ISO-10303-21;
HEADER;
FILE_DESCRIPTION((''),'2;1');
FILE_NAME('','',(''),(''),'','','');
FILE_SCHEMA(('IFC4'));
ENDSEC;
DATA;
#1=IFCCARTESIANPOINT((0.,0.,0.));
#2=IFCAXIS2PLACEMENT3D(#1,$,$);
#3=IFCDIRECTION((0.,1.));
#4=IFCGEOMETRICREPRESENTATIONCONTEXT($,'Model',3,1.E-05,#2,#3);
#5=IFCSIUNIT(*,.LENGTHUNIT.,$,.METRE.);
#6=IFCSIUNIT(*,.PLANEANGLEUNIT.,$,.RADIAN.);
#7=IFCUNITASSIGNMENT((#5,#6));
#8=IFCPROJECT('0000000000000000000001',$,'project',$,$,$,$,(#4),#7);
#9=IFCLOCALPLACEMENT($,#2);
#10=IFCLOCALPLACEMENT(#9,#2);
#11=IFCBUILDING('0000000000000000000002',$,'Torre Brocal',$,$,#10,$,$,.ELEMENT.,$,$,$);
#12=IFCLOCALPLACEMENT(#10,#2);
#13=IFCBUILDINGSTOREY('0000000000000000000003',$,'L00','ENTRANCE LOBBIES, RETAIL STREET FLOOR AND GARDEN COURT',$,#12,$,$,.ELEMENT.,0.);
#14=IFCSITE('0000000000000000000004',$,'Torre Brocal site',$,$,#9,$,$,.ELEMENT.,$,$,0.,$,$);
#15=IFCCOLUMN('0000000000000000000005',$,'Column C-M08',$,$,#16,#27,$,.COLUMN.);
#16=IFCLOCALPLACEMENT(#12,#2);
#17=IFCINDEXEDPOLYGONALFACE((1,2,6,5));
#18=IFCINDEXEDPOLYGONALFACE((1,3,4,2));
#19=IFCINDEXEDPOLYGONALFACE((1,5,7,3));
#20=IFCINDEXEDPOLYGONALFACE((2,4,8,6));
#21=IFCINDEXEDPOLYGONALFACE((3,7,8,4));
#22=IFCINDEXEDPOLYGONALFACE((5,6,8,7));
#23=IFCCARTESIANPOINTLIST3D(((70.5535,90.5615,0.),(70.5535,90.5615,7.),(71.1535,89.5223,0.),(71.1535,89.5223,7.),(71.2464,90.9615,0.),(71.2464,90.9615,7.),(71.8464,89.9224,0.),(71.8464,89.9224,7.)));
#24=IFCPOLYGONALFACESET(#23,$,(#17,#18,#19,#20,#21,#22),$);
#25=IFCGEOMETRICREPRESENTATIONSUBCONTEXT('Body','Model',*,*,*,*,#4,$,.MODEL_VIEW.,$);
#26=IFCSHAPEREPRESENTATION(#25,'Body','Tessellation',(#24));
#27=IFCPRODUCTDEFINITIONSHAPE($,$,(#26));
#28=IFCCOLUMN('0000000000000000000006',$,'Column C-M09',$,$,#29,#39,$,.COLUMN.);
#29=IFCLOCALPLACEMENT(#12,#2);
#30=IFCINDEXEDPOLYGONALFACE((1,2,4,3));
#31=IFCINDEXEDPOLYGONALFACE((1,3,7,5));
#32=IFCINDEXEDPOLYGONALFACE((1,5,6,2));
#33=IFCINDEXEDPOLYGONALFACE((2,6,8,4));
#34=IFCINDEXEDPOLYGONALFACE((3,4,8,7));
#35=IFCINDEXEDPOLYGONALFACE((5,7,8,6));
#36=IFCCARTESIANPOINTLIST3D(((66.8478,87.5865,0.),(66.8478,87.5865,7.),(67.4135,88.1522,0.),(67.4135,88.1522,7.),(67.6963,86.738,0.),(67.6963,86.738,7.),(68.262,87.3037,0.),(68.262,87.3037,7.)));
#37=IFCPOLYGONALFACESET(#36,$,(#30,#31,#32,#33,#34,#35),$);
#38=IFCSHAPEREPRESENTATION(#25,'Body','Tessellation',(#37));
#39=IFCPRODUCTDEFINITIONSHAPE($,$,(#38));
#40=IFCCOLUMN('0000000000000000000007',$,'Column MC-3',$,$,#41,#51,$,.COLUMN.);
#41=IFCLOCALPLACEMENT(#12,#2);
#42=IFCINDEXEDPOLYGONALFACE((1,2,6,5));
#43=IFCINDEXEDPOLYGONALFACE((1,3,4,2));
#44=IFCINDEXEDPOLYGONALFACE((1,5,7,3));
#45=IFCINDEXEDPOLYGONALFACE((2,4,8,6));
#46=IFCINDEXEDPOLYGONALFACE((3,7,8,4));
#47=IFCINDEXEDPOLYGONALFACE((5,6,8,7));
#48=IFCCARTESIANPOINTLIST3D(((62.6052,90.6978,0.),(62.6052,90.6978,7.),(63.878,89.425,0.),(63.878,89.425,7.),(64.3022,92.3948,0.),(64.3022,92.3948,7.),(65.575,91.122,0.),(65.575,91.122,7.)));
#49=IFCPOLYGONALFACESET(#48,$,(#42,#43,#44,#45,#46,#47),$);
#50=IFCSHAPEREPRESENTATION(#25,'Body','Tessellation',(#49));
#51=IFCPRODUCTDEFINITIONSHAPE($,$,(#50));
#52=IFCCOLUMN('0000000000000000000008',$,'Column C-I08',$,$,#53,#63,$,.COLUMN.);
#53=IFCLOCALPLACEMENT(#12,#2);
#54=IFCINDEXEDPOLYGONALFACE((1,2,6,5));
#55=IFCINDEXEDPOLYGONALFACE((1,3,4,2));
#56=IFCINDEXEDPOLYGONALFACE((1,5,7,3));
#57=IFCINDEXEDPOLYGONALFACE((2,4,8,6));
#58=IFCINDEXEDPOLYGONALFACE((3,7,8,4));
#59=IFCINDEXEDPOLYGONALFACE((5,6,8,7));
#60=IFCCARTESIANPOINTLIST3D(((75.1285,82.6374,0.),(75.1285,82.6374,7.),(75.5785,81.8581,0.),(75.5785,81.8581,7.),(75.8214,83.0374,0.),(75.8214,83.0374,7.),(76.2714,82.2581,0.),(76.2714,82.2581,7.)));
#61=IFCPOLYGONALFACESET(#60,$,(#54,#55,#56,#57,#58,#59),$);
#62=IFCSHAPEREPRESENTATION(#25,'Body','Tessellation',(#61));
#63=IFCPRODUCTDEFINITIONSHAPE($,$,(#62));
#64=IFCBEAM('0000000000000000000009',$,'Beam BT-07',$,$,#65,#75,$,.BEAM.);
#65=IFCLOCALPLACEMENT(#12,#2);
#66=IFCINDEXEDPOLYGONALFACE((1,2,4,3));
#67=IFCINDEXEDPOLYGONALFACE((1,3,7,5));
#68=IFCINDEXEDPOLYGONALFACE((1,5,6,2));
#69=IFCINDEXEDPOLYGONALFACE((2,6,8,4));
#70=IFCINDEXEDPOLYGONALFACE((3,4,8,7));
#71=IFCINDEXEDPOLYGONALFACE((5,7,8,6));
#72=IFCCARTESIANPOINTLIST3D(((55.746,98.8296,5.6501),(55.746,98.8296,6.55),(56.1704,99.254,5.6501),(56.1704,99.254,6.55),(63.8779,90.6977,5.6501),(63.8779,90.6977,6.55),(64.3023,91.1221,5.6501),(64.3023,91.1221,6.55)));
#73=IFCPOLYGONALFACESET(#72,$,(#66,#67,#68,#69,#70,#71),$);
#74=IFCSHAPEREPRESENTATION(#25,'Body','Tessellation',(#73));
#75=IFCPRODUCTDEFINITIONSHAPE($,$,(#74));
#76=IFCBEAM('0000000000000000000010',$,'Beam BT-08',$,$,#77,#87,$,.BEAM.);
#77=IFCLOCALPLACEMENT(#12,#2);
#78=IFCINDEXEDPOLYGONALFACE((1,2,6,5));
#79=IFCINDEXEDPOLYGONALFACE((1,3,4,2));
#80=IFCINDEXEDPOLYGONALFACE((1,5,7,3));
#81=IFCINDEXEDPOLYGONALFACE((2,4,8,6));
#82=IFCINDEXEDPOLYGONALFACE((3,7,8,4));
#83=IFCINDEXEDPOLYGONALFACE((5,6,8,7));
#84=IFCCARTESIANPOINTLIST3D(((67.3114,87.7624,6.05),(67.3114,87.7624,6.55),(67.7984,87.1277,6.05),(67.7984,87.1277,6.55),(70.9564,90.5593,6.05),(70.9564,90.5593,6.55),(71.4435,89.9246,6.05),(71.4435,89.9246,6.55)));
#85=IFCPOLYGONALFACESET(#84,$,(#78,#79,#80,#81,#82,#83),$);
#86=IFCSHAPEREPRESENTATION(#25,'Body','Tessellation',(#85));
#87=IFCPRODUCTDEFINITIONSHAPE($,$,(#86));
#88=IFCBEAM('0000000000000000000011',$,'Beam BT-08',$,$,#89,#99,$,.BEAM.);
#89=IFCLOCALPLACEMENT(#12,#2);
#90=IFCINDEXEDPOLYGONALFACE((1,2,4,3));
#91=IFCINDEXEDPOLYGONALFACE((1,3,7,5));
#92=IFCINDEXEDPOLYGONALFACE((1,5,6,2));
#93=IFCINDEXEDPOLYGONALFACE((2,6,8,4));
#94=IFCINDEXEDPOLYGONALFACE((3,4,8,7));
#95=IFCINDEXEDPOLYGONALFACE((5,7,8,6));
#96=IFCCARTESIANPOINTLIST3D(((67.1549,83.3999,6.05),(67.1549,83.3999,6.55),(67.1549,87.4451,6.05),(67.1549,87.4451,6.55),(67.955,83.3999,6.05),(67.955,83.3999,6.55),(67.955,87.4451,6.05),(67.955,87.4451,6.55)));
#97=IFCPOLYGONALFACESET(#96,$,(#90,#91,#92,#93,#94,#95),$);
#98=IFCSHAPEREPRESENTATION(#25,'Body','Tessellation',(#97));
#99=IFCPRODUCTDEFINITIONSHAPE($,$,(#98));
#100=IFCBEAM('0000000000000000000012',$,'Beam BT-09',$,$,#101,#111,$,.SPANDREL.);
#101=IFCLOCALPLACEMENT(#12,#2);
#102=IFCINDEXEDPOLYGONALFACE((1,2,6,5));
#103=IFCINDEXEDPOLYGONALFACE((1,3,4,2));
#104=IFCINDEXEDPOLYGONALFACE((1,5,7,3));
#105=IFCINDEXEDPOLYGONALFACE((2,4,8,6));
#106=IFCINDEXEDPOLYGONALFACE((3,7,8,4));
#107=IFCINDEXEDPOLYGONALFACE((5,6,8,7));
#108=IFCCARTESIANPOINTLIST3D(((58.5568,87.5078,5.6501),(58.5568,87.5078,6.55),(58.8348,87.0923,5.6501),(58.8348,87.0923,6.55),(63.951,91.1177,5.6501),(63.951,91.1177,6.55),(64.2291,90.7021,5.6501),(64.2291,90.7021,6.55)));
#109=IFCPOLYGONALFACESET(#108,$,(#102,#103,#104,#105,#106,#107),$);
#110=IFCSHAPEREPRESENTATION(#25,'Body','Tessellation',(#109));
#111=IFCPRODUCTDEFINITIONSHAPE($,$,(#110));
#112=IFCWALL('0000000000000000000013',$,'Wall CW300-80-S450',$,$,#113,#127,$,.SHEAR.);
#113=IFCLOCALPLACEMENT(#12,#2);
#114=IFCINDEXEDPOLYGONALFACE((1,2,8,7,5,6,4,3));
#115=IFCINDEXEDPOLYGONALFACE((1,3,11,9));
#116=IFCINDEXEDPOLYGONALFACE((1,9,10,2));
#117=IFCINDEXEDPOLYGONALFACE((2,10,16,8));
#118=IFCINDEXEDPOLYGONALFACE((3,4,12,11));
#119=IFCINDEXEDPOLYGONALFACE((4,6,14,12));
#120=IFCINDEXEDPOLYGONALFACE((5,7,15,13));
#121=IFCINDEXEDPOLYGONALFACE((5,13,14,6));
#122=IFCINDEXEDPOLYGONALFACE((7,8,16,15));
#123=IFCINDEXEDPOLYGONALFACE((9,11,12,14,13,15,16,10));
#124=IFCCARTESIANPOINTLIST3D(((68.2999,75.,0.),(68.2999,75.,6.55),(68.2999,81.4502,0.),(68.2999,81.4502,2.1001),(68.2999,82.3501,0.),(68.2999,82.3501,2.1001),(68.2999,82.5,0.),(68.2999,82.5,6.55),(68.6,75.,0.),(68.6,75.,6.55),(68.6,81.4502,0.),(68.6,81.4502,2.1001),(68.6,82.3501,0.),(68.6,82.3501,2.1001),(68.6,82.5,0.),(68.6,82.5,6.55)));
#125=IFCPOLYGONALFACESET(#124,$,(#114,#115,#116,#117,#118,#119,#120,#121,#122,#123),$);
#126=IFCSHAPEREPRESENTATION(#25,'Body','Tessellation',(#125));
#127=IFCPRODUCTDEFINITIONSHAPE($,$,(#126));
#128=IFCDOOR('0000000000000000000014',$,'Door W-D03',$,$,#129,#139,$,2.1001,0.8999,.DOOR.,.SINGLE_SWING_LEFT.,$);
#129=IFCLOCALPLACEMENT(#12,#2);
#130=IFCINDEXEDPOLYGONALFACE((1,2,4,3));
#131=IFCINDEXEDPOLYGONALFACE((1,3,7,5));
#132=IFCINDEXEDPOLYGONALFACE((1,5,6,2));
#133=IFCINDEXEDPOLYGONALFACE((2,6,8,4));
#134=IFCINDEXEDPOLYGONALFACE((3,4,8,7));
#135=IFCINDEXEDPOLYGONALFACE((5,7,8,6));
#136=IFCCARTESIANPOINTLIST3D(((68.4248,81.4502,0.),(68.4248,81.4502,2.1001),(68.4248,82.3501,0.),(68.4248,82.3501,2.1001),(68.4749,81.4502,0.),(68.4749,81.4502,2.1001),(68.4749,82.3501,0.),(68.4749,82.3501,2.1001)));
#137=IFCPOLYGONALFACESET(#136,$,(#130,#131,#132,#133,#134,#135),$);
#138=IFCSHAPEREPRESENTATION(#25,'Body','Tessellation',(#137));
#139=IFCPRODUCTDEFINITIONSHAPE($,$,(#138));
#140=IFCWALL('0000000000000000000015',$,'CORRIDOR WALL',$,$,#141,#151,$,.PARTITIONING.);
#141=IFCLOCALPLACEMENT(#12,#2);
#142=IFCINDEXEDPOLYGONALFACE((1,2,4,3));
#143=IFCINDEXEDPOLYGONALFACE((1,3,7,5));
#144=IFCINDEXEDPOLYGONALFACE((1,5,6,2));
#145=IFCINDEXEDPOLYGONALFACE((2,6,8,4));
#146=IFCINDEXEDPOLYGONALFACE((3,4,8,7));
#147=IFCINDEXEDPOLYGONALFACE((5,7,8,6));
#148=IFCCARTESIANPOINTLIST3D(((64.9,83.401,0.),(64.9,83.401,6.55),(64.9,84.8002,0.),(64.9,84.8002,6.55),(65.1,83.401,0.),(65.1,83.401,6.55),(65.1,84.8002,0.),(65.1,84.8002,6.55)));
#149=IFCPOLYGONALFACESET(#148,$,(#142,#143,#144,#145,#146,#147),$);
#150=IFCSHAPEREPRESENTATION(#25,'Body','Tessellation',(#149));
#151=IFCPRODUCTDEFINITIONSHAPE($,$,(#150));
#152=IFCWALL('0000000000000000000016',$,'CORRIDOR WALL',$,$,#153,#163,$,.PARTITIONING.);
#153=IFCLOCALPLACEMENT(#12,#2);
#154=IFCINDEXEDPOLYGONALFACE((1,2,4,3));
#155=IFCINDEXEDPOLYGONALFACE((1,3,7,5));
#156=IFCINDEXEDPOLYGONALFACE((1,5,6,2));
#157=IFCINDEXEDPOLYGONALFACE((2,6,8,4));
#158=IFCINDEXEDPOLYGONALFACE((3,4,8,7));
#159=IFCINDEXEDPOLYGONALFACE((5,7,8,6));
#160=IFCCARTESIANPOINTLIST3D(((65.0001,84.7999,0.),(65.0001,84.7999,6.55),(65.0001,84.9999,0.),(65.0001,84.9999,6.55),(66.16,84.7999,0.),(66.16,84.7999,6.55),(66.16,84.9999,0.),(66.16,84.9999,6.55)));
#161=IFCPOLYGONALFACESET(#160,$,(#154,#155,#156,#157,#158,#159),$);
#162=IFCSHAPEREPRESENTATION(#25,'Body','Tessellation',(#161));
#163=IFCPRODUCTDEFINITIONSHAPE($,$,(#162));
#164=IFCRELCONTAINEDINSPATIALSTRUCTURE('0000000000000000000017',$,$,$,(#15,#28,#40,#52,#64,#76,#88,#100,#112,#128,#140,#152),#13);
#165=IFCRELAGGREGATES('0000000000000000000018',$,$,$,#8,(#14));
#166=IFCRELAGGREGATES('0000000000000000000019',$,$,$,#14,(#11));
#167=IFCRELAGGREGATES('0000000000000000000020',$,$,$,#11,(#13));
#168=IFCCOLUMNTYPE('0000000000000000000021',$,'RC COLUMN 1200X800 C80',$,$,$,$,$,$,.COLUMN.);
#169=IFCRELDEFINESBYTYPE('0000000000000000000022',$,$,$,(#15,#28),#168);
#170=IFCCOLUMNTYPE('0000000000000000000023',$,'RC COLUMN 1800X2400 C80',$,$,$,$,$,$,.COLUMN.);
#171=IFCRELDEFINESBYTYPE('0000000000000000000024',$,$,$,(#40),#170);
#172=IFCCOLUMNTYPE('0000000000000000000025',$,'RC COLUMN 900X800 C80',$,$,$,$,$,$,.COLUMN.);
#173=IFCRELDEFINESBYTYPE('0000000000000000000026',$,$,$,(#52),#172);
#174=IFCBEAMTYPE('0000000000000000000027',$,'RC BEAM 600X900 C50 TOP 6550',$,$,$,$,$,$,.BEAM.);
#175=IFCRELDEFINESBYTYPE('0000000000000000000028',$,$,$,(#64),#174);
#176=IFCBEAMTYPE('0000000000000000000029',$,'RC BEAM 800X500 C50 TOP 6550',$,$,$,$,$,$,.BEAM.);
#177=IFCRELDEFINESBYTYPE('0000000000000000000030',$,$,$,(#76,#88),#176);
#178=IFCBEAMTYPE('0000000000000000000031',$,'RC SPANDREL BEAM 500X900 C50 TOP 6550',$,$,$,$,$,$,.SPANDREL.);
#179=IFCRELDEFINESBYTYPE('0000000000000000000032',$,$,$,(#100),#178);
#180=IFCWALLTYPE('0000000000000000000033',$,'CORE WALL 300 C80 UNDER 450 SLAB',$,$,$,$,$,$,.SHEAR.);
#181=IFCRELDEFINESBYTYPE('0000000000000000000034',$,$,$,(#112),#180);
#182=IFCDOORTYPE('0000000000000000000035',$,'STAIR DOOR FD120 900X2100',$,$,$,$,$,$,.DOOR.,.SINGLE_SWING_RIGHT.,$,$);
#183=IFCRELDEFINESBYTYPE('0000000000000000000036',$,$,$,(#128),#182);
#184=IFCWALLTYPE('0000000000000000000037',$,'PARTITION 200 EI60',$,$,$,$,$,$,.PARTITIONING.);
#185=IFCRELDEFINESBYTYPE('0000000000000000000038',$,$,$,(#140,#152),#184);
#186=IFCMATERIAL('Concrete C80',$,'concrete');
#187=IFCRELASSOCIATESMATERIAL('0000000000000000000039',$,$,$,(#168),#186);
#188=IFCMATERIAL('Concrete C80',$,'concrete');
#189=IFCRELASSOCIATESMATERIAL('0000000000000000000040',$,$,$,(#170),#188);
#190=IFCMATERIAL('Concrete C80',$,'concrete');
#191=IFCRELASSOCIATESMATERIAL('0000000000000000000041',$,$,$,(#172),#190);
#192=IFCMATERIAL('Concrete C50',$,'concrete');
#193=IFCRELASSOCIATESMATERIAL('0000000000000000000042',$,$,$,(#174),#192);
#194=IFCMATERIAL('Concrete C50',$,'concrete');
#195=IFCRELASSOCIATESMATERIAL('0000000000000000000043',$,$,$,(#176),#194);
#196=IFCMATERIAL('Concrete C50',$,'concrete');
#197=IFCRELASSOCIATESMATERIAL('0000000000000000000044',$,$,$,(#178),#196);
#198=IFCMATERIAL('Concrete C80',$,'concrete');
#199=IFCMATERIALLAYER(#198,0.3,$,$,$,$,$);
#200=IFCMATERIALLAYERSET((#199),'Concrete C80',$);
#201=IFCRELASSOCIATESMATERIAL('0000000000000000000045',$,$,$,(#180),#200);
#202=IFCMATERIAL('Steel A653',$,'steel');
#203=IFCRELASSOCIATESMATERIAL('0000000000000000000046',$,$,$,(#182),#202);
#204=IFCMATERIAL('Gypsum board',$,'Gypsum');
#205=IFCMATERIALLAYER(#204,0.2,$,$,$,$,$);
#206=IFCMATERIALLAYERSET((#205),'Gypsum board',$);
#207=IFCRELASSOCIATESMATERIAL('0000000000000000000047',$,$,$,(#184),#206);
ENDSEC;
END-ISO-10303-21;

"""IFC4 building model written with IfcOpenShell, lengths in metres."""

from ifc_helpers import new_model, si_unit, direction, frame, frame_2d, origin, origin_2d, place, context, subcontext, project, spatial, rectangle, extrude, material, layer, layer_set, material_profile, profile_set, type_object, element, fill, save


model = new_model("IFC4")

# Units and contexts
model_context = context("Model", 3, precision=1e-05, world=origin(), true_north=direction((0.0, 1.0)))
body_context = subcontext(model_context, "Body", "Model", "MODEL_VIEW")
ifc_project = project(units=[si_unit("LENGTHUNIT", "METRE"), si_unit("PLANEANGLEUNIT", "RADIAN")], contexts=[model_context])

# Site, building, storey
site_placement = place(None, origin())
site = spatial("IfcSite", under=ifc_project, at=site_placement, Name="Torre Brocal site", CompositionType="ELEMENT", RefElevation=0.0)
building_placement = place(site_placement, origin())
building = spatial("IfcBuilding", under=site, at=building_placement, Name="Torre Brocal", CompositionType="ELEMENT")
storey_placement = place(building_placement, origin())
storey = spatial("IfcBuildingStorey", under=building, at=storey_placement, Name="L00", Description="ENTRANCE LOBBIES, RETAIL STREET FLOOR AND GARDEN COURT", CompositionType="ELEMENT", Elevation=0.0)

# Columns
ifc_material_1 = material(Name="Concrete C80", Category="concrete")
ifc_material_profile_1 = material_profile(ifc_material_1, rectangle(XDim=1.2, YDim=0.8, at=origin_2d()), Name="RC 1200X800")
ifc_profile_set_1 = profile_set([ifc_material_profile_1], Name="Concrete C80")
column_type_1 = type_object("IfcColumnType", Name="RC COLUMN 1200X800 C80", PredefinedType="COLUMN", material=ifc_profile_set_1)
for number, where, z_axis, x_axis, name in (
    (1, (71.2, 90.2419, 0.0), (0.0, 0.0, 1.0), (-0.5, 0.866025, 0.0), "Column C-M08"),
    (2, (67.5549, 87.4451, 0.0), (0.0, 0.0, 1.0), (-0.707107, 0.707107, 0.0), "Column C-M09"),
):
    element("IfcColumn", number, at=place(storey_placement, frame(where, z_axis=z_axis, x_axis=x_axis)), inside=storey, type_object=column_type_1, Name=name, PredefinedType="COLUMN", context=body_context, shape_type="SweptSolid", body=[
        extrude(rectangle(XDim=1.2, YDim=0.8, at=origin_2d()), origin(), (0.0, 0.0, 1.0), 7.0),
    ])
ifc_material_2 = material(Name="Concrete C80", Category="concrete")
ifc_material_profile_2 = material_profile(ifc_material_2, rectangle(XDim=1.8, YDim=2.3999, at=origin_2d()), Name="RC 1800X2400")
ifc_profile_set_2 = profile_set([ifc_material_profile_2], Name="Concrete C80")
column_type_2 = type_object("IfcColumnType", Name="RC COLUMN 1800X2400 C80", PredefinedType="COLUMN", material=ifc_profile_set_2)
column_1_placement = place(storey_placement, frame((64.0901, 90.9099, 0.0), z_axis=(0.0, 0.0, 1.0), x_axis=(-0.707107, 0.707107, 0.0)))
element("IfcColumn", 3, at=column_1_placement, inside=storey, type_object=column_type_2, Name="Column MC-3", PredefinedType="COLUMN", context=body_context, shape_type="SweptSolid", body=[
    extrude(rectangle(XDim=1.8, YDim=2.3999, at=origin_2d()), origin(), (0.0, 0.0, 1.0), 7.0),
])
ifc_material_3 = material(Name="Concrete C80", Category="concrete")
ifc_material_profile_3 = material_profile(ifc_material_3, rectangle(XDim=0.8999, YDim=0.8, at=origin_2d()), Name="RC 900X800")
ifc_profile_set_3 = profile_set([ifc_material_profile_3], Name="Concrete C80")
column_type_3 = type_object("IfcColumnType", Name="RC COLUMN 900X800 C80", PredefinedType="COLUMN", material=ifc_profile_set_3)
column_2_placement = place(storey_placement, frame((75.7, 82.4478, 0.0), z_axis=(0.0, 0.0, 1.0), x_axis=(-0.5, 0.866025, 0.0)))
element("IfcColumn", 4, at=column_2_placement, inside=storey, type_object=column_type_3, Name="Column C-I08", PredefinedType="COLUMN", context=body_context, shape_type="SweptSolid", body=[
    extrude(rectangle(XDim=0.8999, YDim=0.8, at=origin_2d()), origin(), (0.0, 0.0, 1.0), 7.0),
])

# Beams
ifc_material_4 = material(Name="Concrete C50", Category="concrete")
ifc_material_profile_4 = material_profile(ifc_material_4, rectangle(XDim=0.6001, YDim=0.8999, at=origin_2d()), Name="RC 600X900")
ifc_profile_set_4 = profile_set([ifc_material_profile_4], Name="Concrete C50")
beam_type_1 = type_object("IfcBeamType", Name="RC BEAM 600X900 C50 TOP 6550", PredefinedType="BEAM", material=ifc_profile_set_4)
beam_1_placement = place(storey_placement, frame((64.0901, 90.9099, 6.1001), z_axis=(-0.707107, 0.707107, 0.0), x_axis=(-0.707107, -0.707107, 0.0)))
element("IfcBeam", 5, at=beam_1_placement, inside=storey, type_object=beam_type_1, Name="Beam BT-07", PredefinedType="BEAM", context=body_context, shape_type="SweptSolid", body=[
    extrude(rectangle(XDim=0.6001, YDim=0.8999, at=origin_2d()), origin(), (0.0, 0.0, 1.0), 11.5002),
])
ifc_material_5 = material(Name="Concrete C50", Category="concrete")
ifc_material_profile_5 = material_profile(ifc_material_5, rectangle(XDim=0.8, YDim=0.5, at=origin_2d()), Name="RC 800X500")
ifc_profile_set_5 = profile_set([ifc_material_profile_5], Name="Concrete C50")
beam_type_2 = type_object("IfcBeamType", Name="RC BEAM 800X500 C50 TOP 6550", PredefinedType="BEAM", material=ifc_profile_set_5)
beam_2_placement = place(storey_placement, frame((71.2, 90.2419, 6.3), z_axis=(-0.793358, -0.608755, 0.0), x_axis=(0.608755, -0.793358, 0.0)))
element("IfcBeam", 6, at=beam_2_placement, inside=storey, type_object=beam_type_2, Name="Beam BT-08", PredefinedType="BEAM", context=body_context, shape_type="SweptSolid", body=[
    extrude(rectangle(XDim=0.8, YDim=0.5, at=origin_2d()), origin(), (0.0, 0.0, 1.0), 4.5945),
])
beam_3_placement = place(storey_placement, frame((67.5549, 87.4451, 6.3), z_axis=(0.0, -1.0, 0.0), x_axis=(1.0, 0.0, 0.0)))
element("IfcBeam", 7, at=beam_3_placement, inside=storey, type_object=beam_type_2, Name="Beam BT-08", PredefinedType="BEAM", context=body_context, shape_type="SweptSolid", body=[
    extrude(rectangle(XDim=0.8, YDim=0.5, at=origin_2d()), origin(), (0.0, 0.0, 1.0), 4.0452),
])
ifc_material_6 = material(Name="Concrete C50", Category="concrete")
ifc_material_profile_6 = material_profile(ifc_material_6, rectangle(XDim=0.5, YDim=0.8999, at=origin_2d()), Name="RC 500X900")
ifc_profile_set_6 = profile_set([ifc_material_profile_6], Name="Concrete C50")
beam_type_3 = type_object("IfcBeamType", Name="RC SPANDREL BEAM 500X900 C50 TOP 6550", PredefinedType="SPANDREL", material=ifc_profile_set_6)
beam_4_placement = place(storey_placement, frame((64.0901, 90.9099, 6.1001), z_axis=(-0.831077, -0.556158, 0.0), x_axis=(0.556158, -0.831077, 0.0)))
element("IfcBeam", 8, at=beam_4_placement, inside=storey, type_object=beam_type_3, Name="Beam BT-09", PredefinedType="SPANDREL", context=body_context, shape_type="SweptSolid", body=[
    extrude(rectangle(XDim=0.5, YDim=0.8999, at=origin_2d()), origin(), (0.0, 0.0, 1.0), 6.4907),
])

# Wall, opening, door
ifc_material_7 = material(Name="Concrete C80", Category="concrete")
ifc_layer_1 = layer(ifc_material_7, 0.3)
ifc_layer_set_1 = layer_set([ifc_layer_1], Name="Concrete C80")
wall_type_1 = type_object("IfcWallType", Name="CORE WALL 300 C80 UNDER 450 SLAB", PredefinedType="SHEAR", material=ifc_layer_set_1)
wall_1_placement = place(storey_placement, frame((68.45, 82.5, 0.0), z_axis=(0.0, 0.0, 1.0), x_axis=(0.0, -1.0, 0.0)))
wall_1 = element("IfcWall", 9, at=wall_1_placement, inside=storey, type_object=wall_type_1, Name="Wall CW300-80-S450", PredefinedType="SHEAR", context=body_context, shape_type="SweptSolid", body=[
    extrude(rectangle(XDim=7.5, YDim=0.3, at=frame_2d((3.75, 0.0))), origin(), (0.0, 0.0, 1.0), 6.55),
])
opening_1_placement = place(wall_1_placement, frame((0.1499, 0.0, 0.0)))
opening_1 = element("IfcOpeningElement", 10, at=opening_1_placement, cuts=wall_1, PredefinedType="OPENING", context=body_context, shape_type="SweptSolid", body=[
    extrude(rectangle(XDim=0.8999, YDim=2.1001, at=frame_2d((0.45, 1.05))), frame((0.0, 0.1599, 0.0), z_axis=(0.0, -1.0, 0.0), x_axis=(1.0, 0.0, 0.0)), (0.0, 0.0, 1.0), 0.3201),
])
ifc_material_8 = material(Name="Steel A653", Category="steel")
door_type_1 = type_object("IfcDoorType", Name="STAIR DOOR FD120 900X2100", OperationType="SINGLE_SWING_RIGHT", PredefinedType="DOOR", material=ifc_material_8)
door_1_placement = place(opening_1_placement, origin())
door_1 = element("IfcDoor", 11, at=door_1_placement, inside=storey, type_object=door_type_1, Name="Door W-D03", OperationType="SINGLE_SWING_LEFT", OverallHeight=2.1001, OverallWidth=0.8999, PredefinedType="DOOR", context=body_context, shape_type="SweptSolid", body=[
    extrude(rectangle(XDim=0.8999, YDim=2.1001, at=frame_2d((0.45, 1.05))), frame((0.0, 0.0249, 0.0), z_axis=(0.0, -1.0, 0.0), x_axis=(1.0, 0.0, 0.0)), (0.0, 0.0, 1.0), 0.05),
])
fill(opening_1, door_1)

# Walls
ifc_material_9 = material(Name="Gypsum board", Category="Gypsum")
ifc_layer_2 = layer(ifc_material_9, 0.2)
ifc_layer_set_2 = layer_set([ifc_layer_2], Name="Gypsum board")
wall_type_2 = type_object("IfcWallType", Name="PARTITION 200 EI60", PredefinedType="PARTITIONING", material=ifc_layer_set_2)
wall_2_placement = place(storey_placement, frame((65.0, 83.4009, 0.0), z_axis=(0.0, 0.0, 1.0), x_axis=(0.0, 1.0, 0.0)))
element("IfcWall", 12, at=wall_2_placement, inside=storey, type_object=wall_type_2, Name="CORRIDOR WALL", PredefinedType="PARTITIONING", context=body_context, shape_type="SweptSolid", body=[
    extrude(rectangle(XDim=1.3992, YDim=0.2, at=frame_2d((0.6997, 0.0))), origin(), (0.0, 0.0, 1.0), 6.55),
])
wall_3_placement = place(storey_placement, frame((65.0, 84.8999, 0.0), z_axis=(0.0, 0.0, 1.0), x_axis=(1.0, 0.0, 0.0)))
element("IfcWall", 13, at=wall_3_placement, inside=storey, type_object=wall_type_2, Name="CORRIDOR WALL", PredefinedType="PARTITIONING", context=body_context, shape_type="SweptSolid", body=[
    extrude(rectangle(XDim=1.1599, YDim=0.2, at=frame_2d((0.5801, 0.0))), origin(), (0.0, 0.0, 1.0), 6.55),
])

save(model, "model.ifc")
